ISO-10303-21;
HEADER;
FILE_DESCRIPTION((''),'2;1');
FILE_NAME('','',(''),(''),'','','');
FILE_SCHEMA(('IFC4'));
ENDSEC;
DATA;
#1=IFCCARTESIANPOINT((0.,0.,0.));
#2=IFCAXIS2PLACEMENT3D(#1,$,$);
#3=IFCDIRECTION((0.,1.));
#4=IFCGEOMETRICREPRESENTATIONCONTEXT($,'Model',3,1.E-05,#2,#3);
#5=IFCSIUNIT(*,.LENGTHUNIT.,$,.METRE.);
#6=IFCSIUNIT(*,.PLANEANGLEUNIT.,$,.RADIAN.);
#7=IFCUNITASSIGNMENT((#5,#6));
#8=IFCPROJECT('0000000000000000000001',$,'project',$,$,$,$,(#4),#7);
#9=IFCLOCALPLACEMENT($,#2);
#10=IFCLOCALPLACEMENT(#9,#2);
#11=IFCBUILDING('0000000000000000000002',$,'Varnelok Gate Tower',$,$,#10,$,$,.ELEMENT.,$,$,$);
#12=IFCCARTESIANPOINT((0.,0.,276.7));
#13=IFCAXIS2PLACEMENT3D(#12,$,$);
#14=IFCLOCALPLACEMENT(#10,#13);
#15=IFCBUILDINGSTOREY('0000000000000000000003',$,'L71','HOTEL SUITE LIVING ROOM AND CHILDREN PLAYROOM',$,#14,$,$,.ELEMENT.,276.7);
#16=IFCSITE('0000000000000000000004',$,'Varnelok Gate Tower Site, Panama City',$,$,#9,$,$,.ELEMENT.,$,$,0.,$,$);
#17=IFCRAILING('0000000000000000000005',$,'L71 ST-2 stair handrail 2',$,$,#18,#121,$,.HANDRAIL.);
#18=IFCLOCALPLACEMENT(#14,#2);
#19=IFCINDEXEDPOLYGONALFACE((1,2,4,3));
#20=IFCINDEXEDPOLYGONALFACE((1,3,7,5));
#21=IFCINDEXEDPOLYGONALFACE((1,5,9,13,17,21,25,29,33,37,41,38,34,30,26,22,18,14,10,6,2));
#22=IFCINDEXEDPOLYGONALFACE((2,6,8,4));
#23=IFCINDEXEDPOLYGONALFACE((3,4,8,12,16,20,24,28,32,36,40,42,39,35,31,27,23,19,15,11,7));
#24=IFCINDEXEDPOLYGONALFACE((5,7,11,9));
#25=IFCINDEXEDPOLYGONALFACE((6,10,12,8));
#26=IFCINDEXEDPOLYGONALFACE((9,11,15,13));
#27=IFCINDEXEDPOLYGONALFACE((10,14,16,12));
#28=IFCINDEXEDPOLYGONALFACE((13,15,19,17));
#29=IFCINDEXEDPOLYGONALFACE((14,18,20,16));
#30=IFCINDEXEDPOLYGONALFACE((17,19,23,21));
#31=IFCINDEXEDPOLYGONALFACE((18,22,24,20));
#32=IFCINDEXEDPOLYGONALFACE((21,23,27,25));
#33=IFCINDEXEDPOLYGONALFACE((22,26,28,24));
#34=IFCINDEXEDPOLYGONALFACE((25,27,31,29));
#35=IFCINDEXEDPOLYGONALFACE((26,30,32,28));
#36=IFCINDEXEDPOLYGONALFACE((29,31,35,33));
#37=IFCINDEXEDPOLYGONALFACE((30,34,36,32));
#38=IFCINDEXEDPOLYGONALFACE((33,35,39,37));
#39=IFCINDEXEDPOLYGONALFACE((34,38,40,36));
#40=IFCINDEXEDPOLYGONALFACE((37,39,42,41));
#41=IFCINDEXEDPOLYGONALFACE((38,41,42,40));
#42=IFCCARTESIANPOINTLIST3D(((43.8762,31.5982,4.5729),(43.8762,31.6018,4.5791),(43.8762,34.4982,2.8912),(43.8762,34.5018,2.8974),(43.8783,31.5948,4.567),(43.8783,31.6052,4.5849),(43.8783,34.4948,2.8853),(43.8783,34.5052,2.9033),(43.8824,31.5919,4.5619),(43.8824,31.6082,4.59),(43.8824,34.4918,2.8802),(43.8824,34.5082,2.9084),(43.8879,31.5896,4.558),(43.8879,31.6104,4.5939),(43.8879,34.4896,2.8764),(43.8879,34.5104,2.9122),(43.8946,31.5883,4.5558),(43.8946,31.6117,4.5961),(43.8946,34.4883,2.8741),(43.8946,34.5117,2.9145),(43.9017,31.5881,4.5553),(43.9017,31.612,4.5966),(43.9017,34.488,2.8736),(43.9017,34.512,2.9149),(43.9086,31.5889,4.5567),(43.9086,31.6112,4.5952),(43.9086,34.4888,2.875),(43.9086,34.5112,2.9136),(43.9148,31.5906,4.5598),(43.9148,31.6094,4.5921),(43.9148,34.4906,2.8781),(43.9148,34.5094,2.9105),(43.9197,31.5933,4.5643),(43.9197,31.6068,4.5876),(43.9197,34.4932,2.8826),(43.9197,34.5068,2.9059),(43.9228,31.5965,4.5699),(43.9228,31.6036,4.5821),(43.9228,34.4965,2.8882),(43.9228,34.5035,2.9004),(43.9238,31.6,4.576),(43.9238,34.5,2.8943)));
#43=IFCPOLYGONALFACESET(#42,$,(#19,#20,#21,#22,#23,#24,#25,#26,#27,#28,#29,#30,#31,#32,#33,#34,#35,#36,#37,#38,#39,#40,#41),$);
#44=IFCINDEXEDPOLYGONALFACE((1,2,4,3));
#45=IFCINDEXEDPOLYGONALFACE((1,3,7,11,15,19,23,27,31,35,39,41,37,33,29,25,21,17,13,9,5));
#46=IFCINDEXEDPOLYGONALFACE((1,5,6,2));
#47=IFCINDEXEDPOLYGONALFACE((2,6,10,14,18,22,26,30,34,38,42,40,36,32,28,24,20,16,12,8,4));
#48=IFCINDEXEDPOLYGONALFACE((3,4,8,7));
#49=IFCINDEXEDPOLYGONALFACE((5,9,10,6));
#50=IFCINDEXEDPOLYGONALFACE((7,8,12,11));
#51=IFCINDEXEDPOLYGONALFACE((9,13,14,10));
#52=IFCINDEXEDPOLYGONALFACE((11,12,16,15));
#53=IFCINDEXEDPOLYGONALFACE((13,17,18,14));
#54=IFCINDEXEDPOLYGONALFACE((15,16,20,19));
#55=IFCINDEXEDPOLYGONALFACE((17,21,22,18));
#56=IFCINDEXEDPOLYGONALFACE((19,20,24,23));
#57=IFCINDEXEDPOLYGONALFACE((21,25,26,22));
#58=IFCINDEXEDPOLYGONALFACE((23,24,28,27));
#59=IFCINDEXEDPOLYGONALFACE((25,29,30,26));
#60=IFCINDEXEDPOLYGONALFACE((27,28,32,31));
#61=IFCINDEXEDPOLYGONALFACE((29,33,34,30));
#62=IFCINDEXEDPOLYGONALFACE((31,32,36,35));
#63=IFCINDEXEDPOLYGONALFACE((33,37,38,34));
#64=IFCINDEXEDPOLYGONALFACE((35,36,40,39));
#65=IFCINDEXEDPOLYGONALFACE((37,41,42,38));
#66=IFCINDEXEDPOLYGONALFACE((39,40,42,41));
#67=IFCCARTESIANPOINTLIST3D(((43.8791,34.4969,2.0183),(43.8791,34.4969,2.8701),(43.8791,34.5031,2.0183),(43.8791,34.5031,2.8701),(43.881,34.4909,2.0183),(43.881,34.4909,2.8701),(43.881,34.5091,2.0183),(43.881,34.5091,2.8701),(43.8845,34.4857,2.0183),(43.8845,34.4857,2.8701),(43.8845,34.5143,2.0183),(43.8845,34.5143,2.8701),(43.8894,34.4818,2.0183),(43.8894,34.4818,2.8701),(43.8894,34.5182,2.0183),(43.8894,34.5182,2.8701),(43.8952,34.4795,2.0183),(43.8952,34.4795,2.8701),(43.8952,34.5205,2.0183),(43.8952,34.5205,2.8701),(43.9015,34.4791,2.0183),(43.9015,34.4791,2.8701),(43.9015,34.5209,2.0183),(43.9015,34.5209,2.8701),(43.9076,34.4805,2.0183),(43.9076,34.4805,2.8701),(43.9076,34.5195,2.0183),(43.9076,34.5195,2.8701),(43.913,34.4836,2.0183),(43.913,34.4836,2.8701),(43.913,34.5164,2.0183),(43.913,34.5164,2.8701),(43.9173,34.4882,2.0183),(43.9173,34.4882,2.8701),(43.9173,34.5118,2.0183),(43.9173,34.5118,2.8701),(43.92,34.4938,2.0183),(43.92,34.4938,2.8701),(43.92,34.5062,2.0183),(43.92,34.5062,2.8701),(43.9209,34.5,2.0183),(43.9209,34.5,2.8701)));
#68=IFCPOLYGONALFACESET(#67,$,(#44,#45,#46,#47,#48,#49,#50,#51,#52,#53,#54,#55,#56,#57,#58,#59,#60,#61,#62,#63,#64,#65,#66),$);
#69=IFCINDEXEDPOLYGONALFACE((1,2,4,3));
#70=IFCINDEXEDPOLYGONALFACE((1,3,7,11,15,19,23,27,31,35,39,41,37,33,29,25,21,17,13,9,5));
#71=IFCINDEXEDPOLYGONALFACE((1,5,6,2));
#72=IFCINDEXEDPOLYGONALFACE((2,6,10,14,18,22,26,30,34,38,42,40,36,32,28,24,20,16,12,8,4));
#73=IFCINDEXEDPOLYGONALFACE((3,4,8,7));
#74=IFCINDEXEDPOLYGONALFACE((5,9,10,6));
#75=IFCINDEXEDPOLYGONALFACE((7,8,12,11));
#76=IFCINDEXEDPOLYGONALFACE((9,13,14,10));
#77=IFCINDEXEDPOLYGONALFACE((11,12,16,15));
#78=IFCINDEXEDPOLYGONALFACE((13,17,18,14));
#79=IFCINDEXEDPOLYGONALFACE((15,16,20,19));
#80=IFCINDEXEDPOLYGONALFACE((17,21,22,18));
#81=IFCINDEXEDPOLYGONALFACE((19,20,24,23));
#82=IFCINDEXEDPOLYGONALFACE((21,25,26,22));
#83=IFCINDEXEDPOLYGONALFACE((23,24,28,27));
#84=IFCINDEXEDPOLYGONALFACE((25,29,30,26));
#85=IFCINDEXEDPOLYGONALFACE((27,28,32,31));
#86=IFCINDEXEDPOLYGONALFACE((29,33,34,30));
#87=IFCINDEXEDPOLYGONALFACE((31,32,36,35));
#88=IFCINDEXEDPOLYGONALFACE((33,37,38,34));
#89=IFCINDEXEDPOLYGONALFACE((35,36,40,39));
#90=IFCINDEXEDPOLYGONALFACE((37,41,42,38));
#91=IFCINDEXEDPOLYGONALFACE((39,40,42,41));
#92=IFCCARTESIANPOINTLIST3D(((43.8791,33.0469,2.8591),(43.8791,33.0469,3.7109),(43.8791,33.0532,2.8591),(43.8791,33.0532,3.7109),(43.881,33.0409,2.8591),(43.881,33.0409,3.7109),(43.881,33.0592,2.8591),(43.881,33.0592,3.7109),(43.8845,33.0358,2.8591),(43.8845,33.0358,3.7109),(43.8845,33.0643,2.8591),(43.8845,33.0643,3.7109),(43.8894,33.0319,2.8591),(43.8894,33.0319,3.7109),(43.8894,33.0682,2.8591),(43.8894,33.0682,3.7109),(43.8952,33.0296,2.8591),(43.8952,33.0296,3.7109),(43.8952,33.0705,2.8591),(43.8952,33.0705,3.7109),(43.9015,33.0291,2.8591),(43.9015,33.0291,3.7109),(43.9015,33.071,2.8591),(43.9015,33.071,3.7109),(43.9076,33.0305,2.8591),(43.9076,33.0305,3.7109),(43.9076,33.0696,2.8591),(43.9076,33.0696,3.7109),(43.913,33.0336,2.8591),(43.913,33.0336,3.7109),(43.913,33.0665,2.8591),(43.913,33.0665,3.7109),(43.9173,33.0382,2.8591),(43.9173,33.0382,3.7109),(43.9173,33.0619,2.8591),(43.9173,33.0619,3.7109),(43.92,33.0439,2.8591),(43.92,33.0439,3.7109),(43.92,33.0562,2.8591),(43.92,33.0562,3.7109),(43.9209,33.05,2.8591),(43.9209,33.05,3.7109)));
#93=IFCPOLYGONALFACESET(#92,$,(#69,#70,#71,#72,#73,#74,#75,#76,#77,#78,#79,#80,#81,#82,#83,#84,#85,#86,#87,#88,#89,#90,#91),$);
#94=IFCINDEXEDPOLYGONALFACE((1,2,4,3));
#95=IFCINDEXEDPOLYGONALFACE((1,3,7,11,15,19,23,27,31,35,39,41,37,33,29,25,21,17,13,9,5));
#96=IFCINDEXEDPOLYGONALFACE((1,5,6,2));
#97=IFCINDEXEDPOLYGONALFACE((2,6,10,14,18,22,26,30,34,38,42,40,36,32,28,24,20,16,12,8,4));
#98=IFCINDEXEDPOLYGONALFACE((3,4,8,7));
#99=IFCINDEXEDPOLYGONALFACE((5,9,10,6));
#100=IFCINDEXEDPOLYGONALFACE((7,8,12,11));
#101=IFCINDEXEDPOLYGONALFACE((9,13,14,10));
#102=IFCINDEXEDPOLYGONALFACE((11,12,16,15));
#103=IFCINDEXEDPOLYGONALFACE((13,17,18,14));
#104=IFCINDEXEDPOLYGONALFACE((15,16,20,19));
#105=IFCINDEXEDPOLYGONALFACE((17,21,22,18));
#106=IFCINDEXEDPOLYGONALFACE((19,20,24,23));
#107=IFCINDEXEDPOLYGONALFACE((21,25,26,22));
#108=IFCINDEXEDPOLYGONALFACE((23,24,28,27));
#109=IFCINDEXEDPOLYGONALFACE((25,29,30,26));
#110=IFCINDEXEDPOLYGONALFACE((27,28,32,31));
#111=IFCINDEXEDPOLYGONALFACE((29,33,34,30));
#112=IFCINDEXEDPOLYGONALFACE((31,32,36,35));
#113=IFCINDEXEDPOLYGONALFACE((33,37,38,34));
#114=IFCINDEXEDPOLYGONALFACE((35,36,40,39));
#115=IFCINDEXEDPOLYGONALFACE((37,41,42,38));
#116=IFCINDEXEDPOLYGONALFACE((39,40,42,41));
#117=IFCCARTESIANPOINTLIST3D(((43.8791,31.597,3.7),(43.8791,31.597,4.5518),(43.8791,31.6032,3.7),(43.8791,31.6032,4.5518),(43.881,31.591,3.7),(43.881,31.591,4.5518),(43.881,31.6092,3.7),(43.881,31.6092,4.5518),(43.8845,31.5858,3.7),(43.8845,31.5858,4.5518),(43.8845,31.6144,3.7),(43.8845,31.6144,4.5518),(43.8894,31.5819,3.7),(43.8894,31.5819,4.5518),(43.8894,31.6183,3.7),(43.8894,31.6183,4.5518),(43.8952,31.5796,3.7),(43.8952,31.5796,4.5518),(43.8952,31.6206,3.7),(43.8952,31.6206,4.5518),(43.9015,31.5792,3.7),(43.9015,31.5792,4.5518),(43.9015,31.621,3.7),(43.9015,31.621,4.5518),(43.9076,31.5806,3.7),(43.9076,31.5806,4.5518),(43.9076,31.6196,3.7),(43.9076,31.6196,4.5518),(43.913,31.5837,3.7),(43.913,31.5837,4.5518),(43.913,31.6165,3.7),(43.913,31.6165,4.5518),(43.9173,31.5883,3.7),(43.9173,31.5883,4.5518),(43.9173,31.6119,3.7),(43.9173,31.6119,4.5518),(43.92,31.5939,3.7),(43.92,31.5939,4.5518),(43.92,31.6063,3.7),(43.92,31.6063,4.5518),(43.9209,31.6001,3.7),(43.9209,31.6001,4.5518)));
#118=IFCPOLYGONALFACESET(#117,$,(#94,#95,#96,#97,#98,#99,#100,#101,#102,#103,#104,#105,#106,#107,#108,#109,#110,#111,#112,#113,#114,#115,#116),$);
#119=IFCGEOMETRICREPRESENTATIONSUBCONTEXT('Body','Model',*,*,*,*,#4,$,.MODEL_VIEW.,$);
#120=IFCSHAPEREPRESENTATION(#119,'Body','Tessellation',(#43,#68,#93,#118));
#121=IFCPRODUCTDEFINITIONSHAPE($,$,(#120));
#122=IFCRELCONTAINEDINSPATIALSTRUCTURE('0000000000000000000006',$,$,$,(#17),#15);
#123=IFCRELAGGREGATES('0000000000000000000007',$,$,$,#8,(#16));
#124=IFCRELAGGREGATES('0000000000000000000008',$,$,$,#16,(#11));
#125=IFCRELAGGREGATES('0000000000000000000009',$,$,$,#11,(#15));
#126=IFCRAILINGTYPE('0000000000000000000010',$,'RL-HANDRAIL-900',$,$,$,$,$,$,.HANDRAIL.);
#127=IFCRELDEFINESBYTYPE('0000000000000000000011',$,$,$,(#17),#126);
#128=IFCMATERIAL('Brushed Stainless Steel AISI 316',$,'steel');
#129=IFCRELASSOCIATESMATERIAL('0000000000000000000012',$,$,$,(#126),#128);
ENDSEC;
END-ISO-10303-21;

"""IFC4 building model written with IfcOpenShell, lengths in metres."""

from ifc_helpers import new_model, si_unit, direction, frame, origin, origin_2d, place, context, subcontext, project, spatial, circle, extrude, material, type_object, element, save


model = new_model("IFC4")

# Units and contexts
model_context = context("Model", 3, precision=1e-05, world=origin(), true_north=direction((0.0, 1.0)))
body_context = subcontext(model_context, "Body", "Model", "MODEL_VIEW")
ifc_project = project(units=[si_unit("LENGTHUNIT", "METRE"), si_unit("PLANEANGLEUNIT", "RADIAN")], contexts=[model_context])

# Site, building, storey
site_placement = place(None, origin())
site = spatial("IfcSite", under=ifc_project, at=site_placement, Name="Varnelok Gate Tower Site, Panama City", CompositionType="ELEMENT", RefElevation=0.0)
building_placement = place(site_placement, origin())
building = spatial("IfcBuilding", under=site, at=building_placement, Name="Varnelok Gate Tower", CompositionType="ELEMENT")
storey_placement = place(building_placement, frame((0.0, 0.0, 276.7)))
storey = spatial("IfcBuildingStorey", under=building, at=storey_placement, Name="L71", Description="HOTEL SUITE LIVING ROOM AND CHILDREN PLAYROOM", CompositionType="ELEMENT", Elevation=276.7)

# Railing
ifc_material_1 = material(Name="Brushed Stainless Steel AISI 316", Category="steel")
railing_type_1 = type_object("IfcRailingType", Name="RL-HANDRAIL-900", PredefinedType="HANDRAIL", material=ifc_material_1)
railing_1_placement = place(storey_placement, frame((43.8999, 34.5, 2.0183)))
element("IfcRailing", 1, at=railing_1_placement, inside=storey, type_object=railing_type_1, Name="L71 ST-2 stair handrail 2", PredefinedType="HANDRAIL", context=body_context, shape_type="SweptSolid", body=[
    extrude(circle(Radius=0.0239, at=origin_2d()), frame((0.0, 0.0, 0.876), z_axis=(0.0, -0.86507, 0.501651), x_axis=(1.0, 0.0, 0.0)), (0.0, 0.0, 1.0), 3.3523),
    extrude(circle(Radius=0.021, at=origin_2d()), origin(), (0.0, 0.0, 1.0), 0.8518),
    extrude(circle(Radius=0.021, at=origin_2d()), frame((0.0, -1.45, 0.8408)), (0.0, 0.0, 1.0), 0.8518),
    extrude(circle(Radius=0.021, at=origin_2d()), frame((0.0, -2.8999, 1.6816)), (0.0, 0.0, 1.0), 0.8518),
])

save(model, "model.ifc")
